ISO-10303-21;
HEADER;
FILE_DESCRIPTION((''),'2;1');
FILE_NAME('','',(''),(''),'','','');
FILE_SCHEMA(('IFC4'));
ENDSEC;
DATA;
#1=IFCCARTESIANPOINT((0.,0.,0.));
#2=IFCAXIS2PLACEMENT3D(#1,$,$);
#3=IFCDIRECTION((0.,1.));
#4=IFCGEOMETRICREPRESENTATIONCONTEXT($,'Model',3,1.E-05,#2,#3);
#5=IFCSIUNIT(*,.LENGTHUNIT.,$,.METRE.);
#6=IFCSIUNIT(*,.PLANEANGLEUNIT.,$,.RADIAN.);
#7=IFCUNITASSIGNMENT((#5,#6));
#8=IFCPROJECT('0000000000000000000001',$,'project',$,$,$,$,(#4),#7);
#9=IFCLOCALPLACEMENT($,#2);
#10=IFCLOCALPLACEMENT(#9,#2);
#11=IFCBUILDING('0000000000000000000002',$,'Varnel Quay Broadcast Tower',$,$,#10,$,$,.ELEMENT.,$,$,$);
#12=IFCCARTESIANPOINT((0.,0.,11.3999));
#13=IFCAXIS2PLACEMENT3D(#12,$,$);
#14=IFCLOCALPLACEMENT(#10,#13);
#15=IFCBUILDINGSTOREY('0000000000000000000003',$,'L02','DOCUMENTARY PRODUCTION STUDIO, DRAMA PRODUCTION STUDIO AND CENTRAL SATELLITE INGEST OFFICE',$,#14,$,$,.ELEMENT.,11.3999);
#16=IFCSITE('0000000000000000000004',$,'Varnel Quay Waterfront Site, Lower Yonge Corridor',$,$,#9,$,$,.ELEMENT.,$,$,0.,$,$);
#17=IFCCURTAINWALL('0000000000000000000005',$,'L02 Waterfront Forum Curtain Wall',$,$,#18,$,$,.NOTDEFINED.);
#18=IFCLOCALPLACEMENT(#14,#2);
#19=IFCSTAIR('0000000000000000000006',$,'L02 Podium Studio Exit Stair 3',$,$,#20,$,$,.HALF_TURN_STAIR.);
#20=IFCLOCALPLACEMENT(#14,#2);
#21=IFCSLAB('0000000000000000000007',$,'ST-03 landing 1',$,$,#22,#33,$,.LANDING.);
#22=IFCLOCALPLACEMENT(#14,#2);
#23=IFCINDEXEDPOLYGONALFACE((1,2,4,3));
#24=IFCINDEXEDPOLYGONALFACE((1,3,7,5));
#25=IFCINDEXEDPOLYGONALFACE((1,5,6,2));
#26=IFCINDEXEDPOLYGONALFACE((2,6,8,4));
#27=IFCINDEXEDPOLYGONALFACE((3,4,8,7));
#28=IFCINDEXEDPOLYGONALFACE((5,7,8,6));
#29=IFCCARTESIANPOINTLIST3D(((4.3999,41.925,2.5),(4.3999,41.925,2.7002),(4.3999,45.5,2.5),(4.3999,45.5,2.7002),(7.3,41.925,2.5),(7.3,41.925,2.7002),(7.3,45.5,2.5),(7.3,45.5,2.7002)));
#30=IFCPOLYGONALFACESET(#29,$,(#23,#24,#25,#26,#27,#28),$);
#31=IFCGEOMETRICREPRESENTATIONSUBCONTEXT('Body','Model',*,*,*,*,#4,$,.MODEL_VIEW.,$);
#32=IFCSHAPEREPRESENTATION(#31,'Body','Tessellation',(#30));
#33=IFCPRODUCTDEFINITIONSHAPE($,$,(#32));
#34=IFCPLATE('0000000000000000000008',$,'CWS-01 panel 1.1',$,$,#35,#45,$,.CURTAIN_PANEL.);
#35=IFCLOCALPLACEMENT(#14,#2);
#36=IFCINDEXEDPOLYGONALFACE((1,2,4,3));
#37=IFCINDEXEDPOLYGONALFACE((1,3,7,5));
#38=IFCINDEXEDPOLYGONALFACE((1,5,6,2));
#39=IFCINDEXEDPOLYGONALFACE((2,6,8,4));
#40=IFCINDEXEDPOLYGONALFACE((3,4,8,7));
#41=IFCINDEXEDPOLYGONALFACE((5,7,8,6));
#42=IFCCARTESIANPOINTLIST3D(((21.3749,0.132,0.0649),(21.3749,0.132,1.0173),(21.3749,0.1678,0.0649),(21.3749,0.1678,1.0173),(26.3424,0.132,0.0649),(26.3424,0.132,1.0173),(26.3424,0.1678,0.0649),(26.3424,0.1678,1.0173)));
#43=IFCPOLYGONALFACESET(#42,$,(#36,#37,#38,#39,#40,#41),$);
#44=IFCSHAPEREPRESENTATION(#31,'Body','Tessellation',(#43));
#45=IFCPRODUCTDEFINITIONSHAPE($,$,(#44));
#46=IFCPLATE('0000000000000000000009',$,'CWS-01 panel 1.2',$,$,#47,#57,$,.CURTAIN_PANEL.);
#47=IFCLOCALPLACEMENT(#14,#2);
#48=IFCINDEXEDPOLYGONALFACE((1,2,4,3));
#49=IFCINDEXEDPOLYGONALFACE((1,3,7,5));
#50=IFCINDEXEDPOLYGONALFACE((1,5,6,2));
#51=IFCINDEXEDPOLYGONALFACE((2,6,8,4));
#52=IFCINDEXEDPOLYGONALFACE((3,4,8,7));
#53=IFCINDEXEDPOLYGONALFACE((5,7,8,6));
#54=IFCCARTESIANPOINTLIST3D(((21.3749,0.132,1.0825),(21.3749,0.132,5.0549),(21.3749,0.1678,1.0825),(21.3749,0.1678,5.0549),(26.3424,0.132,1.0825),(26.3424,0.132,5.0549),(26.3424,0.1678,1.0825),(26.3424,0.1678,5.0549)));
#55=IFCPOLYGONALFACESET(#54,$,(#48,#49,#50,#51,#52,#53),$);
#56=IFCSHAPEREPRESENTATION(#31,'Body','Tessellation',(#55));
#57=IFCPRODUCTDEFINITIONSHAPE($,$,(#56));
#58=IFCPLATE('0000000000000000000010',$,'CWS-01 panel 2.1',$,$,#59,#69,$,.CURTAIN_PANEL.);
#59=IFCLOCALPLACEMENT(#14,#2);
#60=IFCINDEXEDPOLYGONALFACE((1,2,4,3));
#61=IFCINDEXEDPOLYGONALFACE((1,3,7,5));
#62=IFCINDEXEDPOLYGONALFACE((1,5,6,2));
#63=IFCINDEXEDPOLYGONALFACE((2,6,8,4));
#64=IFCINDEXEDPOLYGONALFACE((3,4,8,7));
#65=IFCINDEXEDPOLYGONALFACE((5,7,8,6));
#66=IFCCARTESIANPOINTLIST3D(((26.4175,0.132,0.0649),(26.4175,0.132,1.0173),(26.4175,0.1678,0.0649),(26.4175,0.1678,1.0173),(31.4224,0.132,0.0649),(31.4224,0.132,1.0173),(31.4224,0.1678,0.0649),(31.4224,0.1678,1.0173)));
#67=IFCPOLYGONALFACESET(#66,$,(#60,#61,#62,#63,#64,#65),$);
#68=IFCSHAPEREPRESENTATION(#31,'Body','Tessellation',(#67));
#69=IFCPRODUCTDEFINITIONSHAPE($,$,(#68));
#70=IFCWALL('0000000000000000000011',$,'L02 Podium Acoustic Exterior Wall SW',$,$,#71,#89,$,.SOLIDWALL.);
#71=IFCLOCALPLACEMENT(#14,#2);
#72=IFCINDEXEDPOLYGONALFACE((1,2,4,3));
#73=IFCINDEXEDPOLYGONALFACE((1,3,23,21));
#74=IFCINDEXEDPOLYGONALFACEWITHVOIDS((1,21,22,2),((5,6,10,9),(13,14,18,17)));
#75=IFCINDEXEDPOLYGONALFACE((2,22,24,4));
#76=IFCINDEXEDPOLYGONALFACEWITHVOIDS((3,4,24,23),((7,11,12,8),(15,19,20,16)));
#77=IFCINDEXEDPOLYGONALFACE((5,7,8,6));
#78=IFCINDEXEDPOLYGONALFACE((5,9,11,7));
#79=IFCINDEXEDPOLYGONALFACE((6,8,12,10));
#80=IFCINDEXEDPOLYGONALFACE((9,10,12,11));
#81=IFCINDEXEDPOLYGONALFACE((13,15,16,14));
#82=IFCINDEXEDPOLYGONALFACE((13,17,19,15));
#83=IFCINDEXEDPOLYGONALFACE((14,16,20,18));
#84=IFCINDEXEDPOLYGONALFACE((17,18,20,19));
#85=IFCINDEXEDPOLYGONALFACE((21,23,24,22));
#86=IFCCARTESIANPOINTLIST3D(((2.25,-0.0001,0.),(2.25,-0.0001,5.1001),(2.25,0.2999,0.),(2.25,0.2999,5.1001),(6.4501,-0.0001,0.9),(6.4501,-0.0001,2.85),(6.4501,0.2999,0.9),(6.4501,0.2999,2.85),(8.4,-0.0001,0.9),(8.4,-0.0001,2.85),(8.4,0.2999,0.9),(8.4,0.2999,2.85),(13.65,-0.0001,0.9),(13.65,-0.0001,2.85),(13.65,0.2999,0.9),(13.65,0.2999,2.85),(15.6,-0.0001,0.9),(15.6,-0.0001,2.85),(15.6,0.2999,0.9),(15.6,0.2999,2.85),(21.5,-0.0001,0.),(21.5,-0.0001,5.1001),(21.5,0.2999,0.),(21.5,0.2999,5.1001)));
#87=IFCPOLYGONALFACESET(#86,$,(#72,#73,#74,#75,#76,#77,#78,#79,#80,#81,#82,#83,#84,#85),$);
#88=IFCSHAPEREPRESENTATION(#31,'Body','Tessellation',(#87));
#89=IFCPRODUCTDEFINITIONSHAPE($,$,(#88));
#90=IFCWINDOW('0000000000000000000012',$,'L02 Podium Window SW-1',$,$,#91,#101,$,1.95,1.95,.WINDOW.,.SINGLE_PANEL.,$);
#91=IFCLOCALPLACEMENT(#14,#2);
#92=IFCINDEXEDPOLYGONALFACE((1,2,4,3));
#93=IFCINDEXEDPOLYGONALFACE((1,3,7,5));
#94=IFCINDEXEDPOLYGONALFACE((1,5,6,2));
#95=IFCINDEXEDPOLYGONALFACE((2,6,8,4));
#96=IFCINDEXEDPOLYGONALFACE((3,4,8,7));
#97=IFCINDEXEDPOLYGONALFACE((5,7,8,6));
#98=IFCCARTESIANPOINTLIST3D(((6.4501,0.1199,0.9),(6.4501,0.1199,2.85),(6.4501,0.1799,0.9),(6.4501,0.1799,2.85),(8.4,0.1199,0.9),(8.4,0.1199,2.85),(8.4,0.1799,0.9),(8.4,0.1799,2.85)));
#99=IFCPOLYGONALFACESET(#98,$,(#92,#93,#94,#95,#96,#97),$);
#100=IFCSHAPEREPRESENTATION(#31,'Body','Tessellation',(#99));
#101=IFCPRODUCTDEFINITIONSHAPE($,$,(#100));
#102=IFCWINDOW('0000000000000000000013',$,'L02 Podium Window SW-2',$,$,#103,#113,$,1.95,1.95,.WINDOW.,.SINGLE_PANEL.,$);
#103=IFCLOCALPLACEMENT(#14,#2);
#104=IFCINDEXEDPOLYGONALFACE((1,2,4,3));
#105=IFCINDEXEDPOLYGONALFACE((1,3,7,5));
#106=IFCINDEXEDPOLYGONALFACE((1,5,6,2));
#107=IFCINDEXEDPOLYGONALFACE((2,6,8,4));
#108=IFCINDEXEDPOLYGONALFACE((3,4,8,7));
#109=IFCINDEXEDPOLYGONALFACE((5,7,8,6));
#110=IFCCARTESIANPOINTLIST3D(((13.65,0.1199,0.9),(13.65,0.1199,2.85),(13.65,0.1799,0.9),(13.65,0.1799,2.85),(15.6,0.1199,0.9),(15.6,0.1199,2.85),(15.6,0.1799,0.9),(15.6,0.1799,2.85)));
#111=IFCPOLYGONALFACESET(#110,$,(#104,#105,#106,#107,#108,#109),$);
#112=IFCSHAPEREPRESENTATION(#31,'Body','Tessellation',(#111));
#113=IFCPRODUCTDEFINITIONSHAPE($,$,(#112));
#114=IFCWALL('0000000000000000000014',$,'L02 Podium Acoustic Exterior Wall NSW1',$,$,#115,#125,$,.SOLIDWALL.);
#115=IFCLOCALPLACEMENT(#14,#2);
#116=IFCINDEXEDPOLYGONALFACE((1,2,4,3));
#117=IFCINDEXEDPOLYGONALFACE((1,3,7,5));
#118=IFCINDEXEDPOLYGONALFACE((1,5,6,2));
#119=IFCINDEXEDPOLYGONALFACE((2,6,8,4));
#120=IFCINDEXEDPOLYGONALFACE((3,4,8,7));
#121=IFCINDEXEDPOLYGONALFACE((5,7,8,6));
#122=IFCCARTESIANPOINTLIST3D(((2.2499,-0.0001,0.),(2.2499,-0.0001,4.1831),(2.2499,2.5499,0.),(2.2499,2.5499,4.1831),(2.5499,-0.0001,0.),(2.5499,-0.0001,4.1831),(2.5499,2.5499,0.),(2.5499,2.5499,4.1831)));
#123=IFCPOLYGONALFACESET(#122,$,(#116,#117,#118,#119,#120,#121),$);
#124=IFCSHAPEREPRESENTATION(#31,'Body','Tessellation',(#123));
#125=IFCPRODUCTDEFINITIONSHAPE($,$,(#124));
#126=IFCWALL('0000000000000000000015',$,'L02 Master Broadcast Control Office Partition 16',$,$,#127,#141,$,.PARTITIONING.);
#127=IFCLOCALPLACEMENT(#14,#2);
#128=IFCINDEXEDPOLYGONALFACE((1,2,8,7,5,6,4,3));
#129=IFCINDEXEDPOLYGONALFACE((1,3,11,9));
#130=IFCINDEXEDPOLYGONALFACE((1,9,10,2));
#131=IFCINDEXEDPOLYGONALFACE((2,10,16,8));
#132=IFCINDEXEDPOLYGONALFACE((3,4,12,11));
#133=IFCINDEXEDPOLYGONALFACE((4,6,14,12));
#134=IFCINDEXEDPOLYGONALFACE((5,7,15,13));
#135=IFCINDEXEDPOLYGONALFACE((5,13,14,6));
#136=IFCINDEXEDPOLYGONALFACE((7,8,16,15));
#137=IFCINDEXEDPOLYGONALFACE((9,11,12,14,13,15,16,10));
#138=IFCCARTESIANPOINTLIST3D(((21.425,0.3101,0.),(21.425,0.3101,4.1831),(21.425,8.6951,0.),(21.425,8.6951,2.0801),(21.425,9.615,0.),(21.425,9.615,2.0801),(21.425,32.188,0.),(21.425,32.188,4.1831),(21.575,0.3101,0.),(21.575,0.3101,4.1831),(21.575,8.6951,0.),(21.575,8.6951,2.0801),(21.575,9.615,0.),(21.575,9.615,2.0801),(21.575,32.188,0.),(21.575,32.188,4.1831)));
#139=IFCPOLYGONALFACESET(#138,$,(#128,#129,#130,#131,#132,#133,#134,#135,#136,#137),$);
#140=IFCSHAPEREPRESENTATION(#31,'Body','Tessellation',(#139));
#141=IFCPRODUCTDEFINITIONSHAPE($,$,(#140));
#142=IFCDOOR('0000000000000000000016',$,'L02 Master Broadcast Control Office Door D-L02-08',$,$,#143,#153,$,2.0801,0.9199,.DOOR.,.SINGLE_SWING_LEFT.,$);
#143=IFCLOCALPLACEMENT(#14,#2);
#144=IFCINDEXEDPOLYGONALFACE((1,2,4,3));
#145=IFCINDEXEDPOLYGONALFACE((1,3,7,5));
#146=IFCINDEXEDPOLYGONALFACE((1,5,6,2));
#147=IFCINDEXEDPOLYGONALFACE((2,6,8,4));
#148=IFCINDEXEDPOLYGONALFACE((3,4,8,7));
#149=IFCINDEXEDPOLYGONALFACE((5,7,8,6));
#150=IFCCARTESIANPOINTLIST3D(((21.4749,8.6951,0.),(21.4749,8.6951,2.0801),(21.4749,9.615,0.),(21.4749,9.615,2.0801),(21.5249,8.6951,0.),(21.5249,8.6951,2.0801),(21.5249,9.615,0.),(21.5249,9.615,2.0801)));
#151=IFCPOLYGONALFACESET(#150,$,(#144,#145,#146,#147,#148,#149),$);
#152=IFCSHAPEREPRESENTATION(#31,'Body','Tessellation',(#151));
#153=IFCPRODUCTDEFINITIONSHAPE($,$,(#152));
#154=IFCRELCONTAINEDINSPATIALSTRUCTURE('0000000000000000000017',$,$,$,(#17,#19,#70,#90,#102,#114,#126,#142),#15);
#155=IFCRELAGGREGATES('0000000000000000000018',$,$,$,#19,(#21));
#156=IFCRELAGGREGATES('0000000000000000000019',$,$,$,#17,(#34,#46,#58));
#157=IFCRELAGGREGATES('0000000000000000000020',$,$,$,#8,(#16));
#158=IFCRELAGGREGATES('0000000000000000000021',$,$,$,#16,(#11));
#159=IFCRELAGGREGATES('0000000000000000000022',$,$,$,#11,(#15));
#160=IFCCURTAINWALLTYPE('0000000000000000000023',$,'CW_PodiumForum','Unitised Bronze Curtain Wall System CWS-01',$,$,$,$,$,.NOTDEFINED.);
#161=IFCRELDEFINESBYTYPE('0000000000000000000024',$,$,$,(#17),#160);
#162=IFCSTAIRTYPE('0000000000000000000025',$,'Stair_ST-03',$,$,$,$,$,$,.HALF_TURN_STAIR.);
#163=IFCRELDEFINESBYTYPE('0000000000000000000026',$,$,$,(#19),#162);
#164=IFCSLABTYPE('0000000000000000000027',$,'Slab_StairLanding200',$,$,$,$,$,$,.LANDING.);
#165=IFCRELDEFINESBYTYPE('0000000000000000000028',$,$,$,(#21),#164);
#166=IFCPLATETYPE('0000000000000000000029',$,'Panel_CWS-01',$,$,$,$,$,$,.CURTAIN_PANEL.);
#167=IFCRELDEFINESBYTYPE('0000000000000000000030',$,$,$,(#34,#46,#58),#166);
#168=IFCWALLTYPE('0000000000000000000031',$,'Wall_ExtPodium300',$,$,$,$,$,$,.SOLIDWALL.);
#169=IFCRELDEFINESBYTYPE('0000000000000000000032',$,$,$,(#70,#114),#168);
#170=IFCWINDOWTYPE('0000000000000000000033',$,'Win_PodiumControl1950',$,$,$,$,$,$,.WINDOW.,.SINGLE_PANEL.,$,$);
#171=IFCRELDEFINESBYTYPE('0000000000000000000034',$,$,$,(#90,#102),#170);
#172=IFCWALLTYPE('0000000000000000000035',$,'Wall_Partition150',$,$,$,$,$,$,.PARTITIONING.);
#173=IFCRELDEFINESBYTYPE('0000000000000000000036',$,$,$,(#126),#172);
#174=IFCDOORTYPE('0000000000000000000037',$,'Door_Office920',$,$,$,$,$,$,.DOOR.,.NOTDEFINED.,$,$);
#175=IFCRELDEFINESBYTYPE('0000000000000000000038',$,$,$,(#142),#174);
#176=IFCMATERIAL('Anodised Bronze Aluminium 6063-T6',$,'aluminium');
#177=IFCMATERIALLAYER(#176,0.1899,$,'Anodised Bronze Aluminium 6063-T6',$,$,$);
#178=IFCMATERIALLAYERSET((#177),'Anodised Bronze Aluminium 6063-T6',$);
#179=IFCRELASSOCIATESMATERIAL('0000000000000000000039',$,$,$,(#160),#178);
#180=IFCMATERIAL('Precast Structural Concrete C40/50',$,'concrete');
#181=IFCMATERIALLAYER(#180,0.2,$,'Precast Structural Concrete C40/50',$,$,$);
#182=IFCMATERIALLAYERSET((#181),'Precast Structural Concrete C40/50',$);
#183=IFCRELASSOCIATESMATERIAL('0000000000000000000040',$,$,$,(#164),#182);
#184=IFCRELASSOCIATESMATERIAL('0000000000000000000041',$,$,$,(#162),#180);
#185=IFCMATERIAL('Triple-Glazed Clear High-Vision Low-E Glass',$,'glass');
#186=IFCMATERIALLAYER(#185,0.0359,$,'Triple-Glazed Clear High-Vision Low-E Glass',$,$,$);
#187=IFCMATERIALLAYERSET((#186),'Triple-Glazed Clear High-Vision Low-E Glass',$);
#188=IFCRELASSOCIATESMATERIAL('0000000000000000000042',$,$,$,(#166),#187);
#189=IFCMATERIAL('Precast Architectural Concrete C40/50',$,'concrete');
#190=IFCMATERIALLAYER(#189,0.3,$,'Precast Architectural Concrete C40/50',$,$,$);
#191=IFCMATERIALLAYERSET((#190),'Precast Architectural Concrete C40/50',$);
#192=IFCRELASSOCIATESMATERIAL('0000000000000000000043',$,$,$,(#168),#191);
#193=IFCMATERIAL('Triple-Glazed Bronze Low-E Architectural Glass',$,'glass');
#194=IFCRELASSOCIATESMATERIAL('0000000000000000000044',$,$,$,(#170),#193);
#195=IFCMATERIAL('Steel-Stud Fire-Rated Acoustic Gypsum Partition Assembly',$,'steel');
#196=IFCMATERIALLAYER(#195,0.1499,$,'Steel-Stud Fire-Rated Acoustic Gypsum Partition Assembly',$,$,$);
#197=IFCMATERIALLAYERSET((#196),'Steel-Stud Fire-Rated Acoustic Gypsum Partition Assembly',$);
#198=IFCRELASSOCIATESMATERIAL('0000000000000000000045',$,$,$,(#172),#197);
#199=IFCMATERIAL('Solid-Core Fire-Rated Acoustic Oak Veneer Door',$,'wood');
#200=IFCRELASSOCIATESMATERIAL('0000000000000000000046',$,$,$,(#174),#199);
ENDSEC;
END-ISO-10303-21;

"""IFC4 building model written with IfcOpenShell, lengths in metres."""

from ifc_helpers import new_model, si_unit, direction, frame, frame_2d, origin, origin_2d, place, context, subcontext, project, spatial, polyline, rectangle, outline, extrude, source, transform, mapped, material, layer, layer_set, type_object, type_shapes, element, fill, aggregate, save


model = new_model("IFC4")

# Units and contexts
model_context = context("Model", 3, precision=1e-05, world=origin(), true_north=direction((0.0, 1.0)))
body_context = subcontext(model_context, "Body", "Model", "MODEL_VIEW")
ifc_project = project(units=[si_unit("LENGTHUNIT", "METRE"), si_unit("PLANEANGLEUNIT", "RADIAN")], contexts=[model_context])

# Site, building, storey
site_placement = place(None, origin())
site = spatial("IfcSite", under=ifc_project, at=site_placement, Name="Varnel Quay Waterfront Site, Lower Yonge Corridor", CompositionType="ELEMENT", RefElevation=0.0)
building_placement = place(site_placement, origin())
building = spatial("IfcBuilding", under=site, at=building_placement, Name="Varnel Quay Broadcast Tower", CompositionType="ELEMENT")
storey_placement = place(building_placement, frame((0.0, 0.0, 11.3999)))
storey = spatial("IfcBuildingStorey", under=building, at=storey_placement, Name="L02", Description="DOCUMENTARY PRODUCTION STUDIO, DRAMA PRODUCTION STUDIO AND CENTRAL SATELLITE INGEST OFFICE", CompositionType="ELEMENT", Elevation=11.3999)

# Curtain wall
ifc_material_1 = material(Name="Anodised Bronze Aluminium 6063-T6", Category="aluminium")
ifc_layer_1 = layer(ifc_material_1, 0.1899, Name="Anodised Bronze Aluminium 6063-T6")
ifc_layer_set_1 = layer_set([ifc_layer_1], Name="Anodised Bronze Aluminium 6063-T6")
curtain_wall_type = type_object("IfcCurtainWallType", Name="CW_PodiumForum", Description="Unitised Bronze Curtain Wall System CWS-01", PredefinedType="NOTDEFINED", material=ifc_layer_set_1)
curtain_wall_placement = place(storey_placement, origin())
curtain_wall = element("IfcCurtainWall", 1, at=curtain_wall_placement, inside=storey, type_object=curtain_wall_type, Name="L02 Waterfront Forum Curtain Wall", PredefinedType="NOTDEFINED")

# Stair, slab
ifc_material_2 = material(Name="Precast Structural Concrete C40/50", Category="concrete")
ifc_layer_2 = layer(ifc_material_2, 0.2, Name="Precast Structural Concrete C40/50")
ifc_layer_set_2 = layer_set([ifc_layer_2], Name="Precast Structural Concrete C40/50")
slab_type_1 = type_object("IfcSlabType", Name="Slab_StairLanding200", PredefinedType="LANDING", material=ifc_layer_set_2)
stair_type_1 = type_object("IfcStairType", Name="Stair_ST-03", PredefinedType="HALF_TURN_STAIR", material=ifc_material_2)
stair_1_placement = place(storey_placement, origin())
stair_1 = element("IfcStair", 2, at=stair_1_placement, inside=storey, type_object=stair_type_1, Name="L02 Podium Studio Exit Stair 3", PredefinedType="HALF_TURN_STAIR")
slab_1_placement = place(storey_placement, frame((0.0, 0.0, 2.5)))
slab_1 = element("IfcSlab", 3, at=slab_1_placement, type_object=slab_type_1, Name="ST-03 landing 1", PredefinedType="LANDING", context=body_context, shape_type="SweptSolid", body=[
    extrude(outline(polyline([(7.3, 41.925), (7.3, 45.5), (4.3999, 45.5), (4.3999, 41.925), (7.3, 41.925)])), origin(), (0.0, 0.0, 1.0), 0.2002),
])
aggregate(stair_1, [slab_1])

# Plates
ifc_material_3 = material(Name="Triple-Glazed Clear High-Vision Low-E Glass", Category="glass")
ifc_layer_3 = layer(ifc_material_3, 0.0359, Name="Triple-Glazed Clear High-Vision Low-E Glass")
ifc_layer_set_3 = layer_set([ifc_layer_3], Name="Triple-Glazed Clear High-Vision Low-E Glass")
plate_type = type_object("IfcPlateType", Name="Panel_CWS-01", PredefinedType="CURTAIN_PANEL", material=ifc_layer_set_3)
shared_shape_1 = source(origin(), body_context, "Body", "SweptSolid", [
    extrude(rectangle(XDim=4.9675, YDim=0.0359, at=origin_2d()), origin(), (0.0, 0.0, 1.0), 0.9524),
])
plate_1_placement = place(storey_placement, frame((23.8586, 0.1499, 0.0649), z_axis=(0.0, 0.0, 1.0), x_axis=(1.0, 0.0, 0.0)))
plate_1 = element("IfcPlate", 4, at=plate_1_placement, type_object=plate_type, Name="CWS-01 panel 1.1", PredefinedType="CURTAIN_PANEL", context=body_context, shape_type="MappedRepresentation", body=[
    mapped(shared_shape_1, transform((0.0, 0.0, 0.0), x_axis=(1.0, 0.0, 0.0), y_axis=(0.0, 1.0, 0.0), z_axis=(0.0, 0.0, 1.0), scale=1.0)),
])
shared_shape_2 = source(origin(), body_context, "Body", "SweptSolid", [
    extrude(rectangle(XDim=4.9675, YDim=0.0359, at=origin_2d()), origin(), (0.0, 0.0, 1.0), 3.9724),
])
plate_2_placement = place(storey_placement, frame((23.8586, 0.1499, 1.0825), z_axis=(0.0, 0.0, 1.0), x_axis=(1.0, 0.0, 0.0)))
plate_2 = element("IfcPlate", 5, at=plate_2_placement, type_object=plate_type, Name="CWS-01 panel 1.2", PredefinedType="CURTAIN_PANEL", context=body_context, shape_type="MappedRepresentation", body=[
    mapped(shared_shape_2, transform((0.0, 0.0, 0.0), x_axis=(1.0, 0.0, 0.0), y_axis=(0.0, 1.0, 0.0), z_axis=(0.0, 0.0, 1.0), scale=1.0)),
])
shared_shape_3 = source(origin(), body_context, "Body", "SweptSolid", [
    extrude(rectangle(XDim=5.0049, YDim=0.0359, at=origin_2d()), origin(), (0.0, 0.0, 1.0), 0.9524),
])
type_shapes(plate_type, [shared_shape_1, shared_shape_2, shared_shape_3])
plate_3_placement = place(storey_placement, frame((28.9199, 0.1499, 0.0649), z_axis=(0.0, 0.0, 1.0), x_axis=(1.0, 0.0, 0.0)))
plate_3 = element("IfcPlate", 6, at=plate_3_placement, type_object=plate_type, Name="CWS-01 panel 2.1", PredefinedType="CURTAIN_PANEL", context=body_context, shape_type="MappedRepresentation", body=[
    mapped(shared_shape_3, transform((0.0, 0.0, 0.0), x_axis=(1.0, 0.0, 0.0), y_axis=(0.0, 1.0, 0.0), z_axis=(0.0, 0.0, 1.0), scale=1.0)),
])
aggregate(curtain_wall, [plate_1, plate_2, plate_3])

# Wall, openings, windows
ifc_material_4 = material(Name="Precast Architectural Concrete C40/50", Category="concrete")
ifc_layer_4 = layer(ifc_material_4, 0.3, Name="Precast Architectural Concrete C40/50")
ifc_layer_set_4 = layer_set([ifc_layer_4], Name="Precast Architectural Concrete C40/50")
wall_type_1 = type_object("IfcWallType", Name="Wall_ExtPodium300", PredefinedType="SOLIDWALL", material=ifc_layer_set_4)
wall_1_placement = place(storey_placement, frame((2.25, 0.1499, 0.0), z_axis=(0.0, 0.0, 1.0), x_axis=(1.0, 0.0, 0.0)))
wall_1 = element("IfcWall", 7, at=wall_1_placement, inside=storey, type_object=wall_type_1, Name="L02 Podium Acoustic Exterior Wall SW", PredefinedType="SOLIDWALL", context=body_context, shape_type="SweptSolid", body=[
    extrude(rectangle(XDim=19.25, YDim=0.3, at=frame_2d((9.625, 0.0))), origin(), (0.0, 0.0, 1.0), 5.1001),
])
opening_1_placement = place(wall_1_placement, frame((4.2, 0.0, 0.8999)))
opening_1 = element("IfcOpeningElement", 8, at=opening_1_placement, cuts=wall_1, PredefinedType="OPENING", context=body_context, shape_type="SweptSolid", body=[
    extrude(rectangle(XDim=1.95, YDim=1.95, at=frame_2d((0.9751, 0.9751))), frame((0.0, 0.1602, 0.0), z_axis=(0.0, -1.0, 0.0), x_axis=(1.0, 0.0, 0.0)), (0.0, 0.0, 1.0), 0.3201),
])
opening_2_placement = place(wall_1_placement, frame((11.3999, 0.0, 0.8999)))
opening_2 = element("IfcOpeningElement", 9, at=opening_2_placement, cuts=wall_1, PredefinedType="OPENING", context=body_context, shape_type="SweptSolid", body=[
    extrude(rectangle(XDim=1.95, YDim=1.95, at=frame_2d((0.9751, 0.9751))), frame((0.0, 0.1602, 0.0), z_axis=(0.0, -1.0, 0.0), x_axis=(1.0, 0.0, 0.0)), (0.0, 0.0, 1.0), 0.3201),
])
ifc_material_5 = material(Name="Triple-Glazed Bronze Low-E Architectural Glass", Category="glass")
window_type_1 = type_object("IfcWindowType", Name="Win_PodiumControl1950", PartitioningType="SINGLE_PANEL", PredefinedType="WINDOW", material=ifc_material_5)
shared_shape_4 = source(origin(), body_context, "Body", "SweptSolid", [
    extrude(rectangle(XDim=1.95, YDim=1.95, at=frame_2d((0.9751, 0.9751))), frame((0.0, 0.03, 0.0), z_axis=(0.0, -1.0, 0.0), x_axis=(1.0, 0.0, 0.0)), (0.0, 0.0, 1.0), 0.0601),
])
type_shapes(window_type_1, [shared_shape_4])
window_1_placement = place(opening_1_placement, origin())
window_1 = element("IfcWindow", 10, at=window_1_placement, inside=storey, type_object=window_type_1, Name="L02 Podium Window SW-1", OverallHeight=1.95, OverallWidth=1.95, PartitioningType="SINGLE_PANEL", PredefinedType="WINDOW", context=body_context, shape_type="MappedRepresentation", body=[
    mapped(shared_shape_4, transform((0.0, 0.0, 0.0), x_axis=(1.0, 0.0, 0.0), y_axis=(0.0, 1.0, 0.0), z_axis=(0.0, 0.0, 1.0), scale=1.0)),
])
fill(opening_1, window_1)
window_2_placement = place(opening_2_placement, origin())
window_2 = element("IfcWindow", 11, at=window_2_placement, inside=storey, type_object=window_type_1, Name="L02 Podium Window SW-2", OverallHeight=1.95, OverallWidth=1.95, PartitioningType="SINGLE_PANEL", PredefinedType="WINDOW", context=body_context, shape_type="MappedRepresentation", body=[
    mapped(shared_shape_4, transform((0.0, 0.0, 0.0), x_axis=(1.0, 0.0, 0.0), y_axis=(0.0, 1.0, 0.0), z_axis=(0.0, 0.0, 1.0), scale=1.0)),
])
fill(opening_2, window_2)

# Wall
wall_2_placement = place(storey_placement, frame((2.3999, 0.0, 0.0), z_axis=(0.0, 0.0, 1.0), x_axis=(0.0, 1.0, 0.0)))
element("IfcWall", 12, at=wall_2_placement, inside=storey, type_object=wall_type_1, Name="L02 Podium Acoustic Exterior Wall NSW1", PredefinedType="SOLIDWALL", context=body_context, shape_type="SweptSolid", body=[
    extrude(rectangle(XDim=2.55, YDim=0.3, at=frame_2d((1.2749, 0.0))), origin(), (0.0, 0.0, 1.0), 4.1831),
])

# Wall, opening, door
ifc_material_6 = material(Name="Steel-Stud Fire-Rated Acoustic Gypsum Partition Assembly", Category="steel")
ifc_layer_5 = layer(ifc_material_6, 0.1499, Name="Steel-Stud Fire-Rated Acoustic Gypsum Partition Assembly")
ifc_layer_set_5 = layer_set([ifc_layer_5], Name="Steel-Stud Fire-Rated Acoustic Gypsum Partition Assembly")
wall_type_2 = type_object("IfcWallType", Name="Wall_Partition150", PredefinedType="PARTITIONING", material=ifc_layer_set_5)
wall_3_placement = place(storey_placement, frame((21.5, 0.3101, 0.0), z_axis=(0.0, 0.0, 1.0), x_axis=(0.0, 1.0, 0.0)))
wall_3 = element("IfcWall", 13, at=wall_3_placement, inside=storey, type_object=wall_type_2, Name="L02 Master Broadcast Control Office Partition 16", PredefinedType="PARTITIONING", context=body_context, shape_type="SweptSolid", body=[
    extrude(rectangle(XDim=31.8779, YDim=0.1499, at=frame_2d((15.939, 0.0))), origin(), (0.0, 0.0, 1.0), 4.1831),
])
opening_3_placement = place(wall_3_placement, frame((8.385, 0.0, 0.0)))
opening_3 = element("IfcOpeningElement", 14, at=opening_3_placement, cuts=wall_3, PredefinedType="OPENING", context=body_context, shape_type="SweptSolid", body=[
    extrude(rectangle(XDim=0.9199, YDim=2.0801, at=frame_2d((0.46, 1.04))), frame((0.0, 0.085, 0.0), z_axis=(0.0, -1.0, 0.0), x_axis=(1.0, 0.0, 0.0)), (0.0, 0.0, 1.0), 0.1699),
])
ifc_material_7 = material(Name="Solid-Core Fire-Rated Acoustic Oak Veneer Door", Category="wood")
door_type_1 = type_object("IfcDoorType", Name="Door_Office920", OperationType="NOTDEFINED", PredefinedType="DOOR", material=ifc_material_7)
shared_shape_5 = source(origin(), body_context, "Body", "SweptSolid", [
    extrude(rectangle(XDim=0.9199, YDim=2.0801, at=frame_2d((0.46, 1.04))), frame((0.0, 0.0249, 0.0), z_axis=(0.0, -1.0, 0.0), x_axis=(1.0, 0.0, 0.0)), (0.0, 0.0, 1.0), 0.05),
])
type_shapes(door_type_1, [shared_shape_5])
door_1_placement = place(opening_3_placement, frame((0.9199, 0.0, 0.0), z_axis=(0.0, 0.0, 1.0), x_axis=(-1.0, 0.0, 0.0)))
door_1 = element("IfcDoor", 15, at=door_1_placement, inside=storey, type_object=door_type_1, Name="L02 Master Broadcast Control Office Door D-L02-08", OperationType="SINGLE_SWING_LEFT", OverallHeight=2.0801, OverallWidth=0.9199, PredefinedType="DOOR", context=body_context, shape_type="MappedRepresentation", body=[
    mapped(shared_shape_5, transform((0.0, 0.0, 0.0), x_axis=(1.0, 0.0, 0.0), y_axis=(0.0, 1.0, 0.0), z_axis=(0.0, 0.0, 1.0), scale=1.0)),
])
fill(opening_3, door_1)

save(model, "model.ifc")
